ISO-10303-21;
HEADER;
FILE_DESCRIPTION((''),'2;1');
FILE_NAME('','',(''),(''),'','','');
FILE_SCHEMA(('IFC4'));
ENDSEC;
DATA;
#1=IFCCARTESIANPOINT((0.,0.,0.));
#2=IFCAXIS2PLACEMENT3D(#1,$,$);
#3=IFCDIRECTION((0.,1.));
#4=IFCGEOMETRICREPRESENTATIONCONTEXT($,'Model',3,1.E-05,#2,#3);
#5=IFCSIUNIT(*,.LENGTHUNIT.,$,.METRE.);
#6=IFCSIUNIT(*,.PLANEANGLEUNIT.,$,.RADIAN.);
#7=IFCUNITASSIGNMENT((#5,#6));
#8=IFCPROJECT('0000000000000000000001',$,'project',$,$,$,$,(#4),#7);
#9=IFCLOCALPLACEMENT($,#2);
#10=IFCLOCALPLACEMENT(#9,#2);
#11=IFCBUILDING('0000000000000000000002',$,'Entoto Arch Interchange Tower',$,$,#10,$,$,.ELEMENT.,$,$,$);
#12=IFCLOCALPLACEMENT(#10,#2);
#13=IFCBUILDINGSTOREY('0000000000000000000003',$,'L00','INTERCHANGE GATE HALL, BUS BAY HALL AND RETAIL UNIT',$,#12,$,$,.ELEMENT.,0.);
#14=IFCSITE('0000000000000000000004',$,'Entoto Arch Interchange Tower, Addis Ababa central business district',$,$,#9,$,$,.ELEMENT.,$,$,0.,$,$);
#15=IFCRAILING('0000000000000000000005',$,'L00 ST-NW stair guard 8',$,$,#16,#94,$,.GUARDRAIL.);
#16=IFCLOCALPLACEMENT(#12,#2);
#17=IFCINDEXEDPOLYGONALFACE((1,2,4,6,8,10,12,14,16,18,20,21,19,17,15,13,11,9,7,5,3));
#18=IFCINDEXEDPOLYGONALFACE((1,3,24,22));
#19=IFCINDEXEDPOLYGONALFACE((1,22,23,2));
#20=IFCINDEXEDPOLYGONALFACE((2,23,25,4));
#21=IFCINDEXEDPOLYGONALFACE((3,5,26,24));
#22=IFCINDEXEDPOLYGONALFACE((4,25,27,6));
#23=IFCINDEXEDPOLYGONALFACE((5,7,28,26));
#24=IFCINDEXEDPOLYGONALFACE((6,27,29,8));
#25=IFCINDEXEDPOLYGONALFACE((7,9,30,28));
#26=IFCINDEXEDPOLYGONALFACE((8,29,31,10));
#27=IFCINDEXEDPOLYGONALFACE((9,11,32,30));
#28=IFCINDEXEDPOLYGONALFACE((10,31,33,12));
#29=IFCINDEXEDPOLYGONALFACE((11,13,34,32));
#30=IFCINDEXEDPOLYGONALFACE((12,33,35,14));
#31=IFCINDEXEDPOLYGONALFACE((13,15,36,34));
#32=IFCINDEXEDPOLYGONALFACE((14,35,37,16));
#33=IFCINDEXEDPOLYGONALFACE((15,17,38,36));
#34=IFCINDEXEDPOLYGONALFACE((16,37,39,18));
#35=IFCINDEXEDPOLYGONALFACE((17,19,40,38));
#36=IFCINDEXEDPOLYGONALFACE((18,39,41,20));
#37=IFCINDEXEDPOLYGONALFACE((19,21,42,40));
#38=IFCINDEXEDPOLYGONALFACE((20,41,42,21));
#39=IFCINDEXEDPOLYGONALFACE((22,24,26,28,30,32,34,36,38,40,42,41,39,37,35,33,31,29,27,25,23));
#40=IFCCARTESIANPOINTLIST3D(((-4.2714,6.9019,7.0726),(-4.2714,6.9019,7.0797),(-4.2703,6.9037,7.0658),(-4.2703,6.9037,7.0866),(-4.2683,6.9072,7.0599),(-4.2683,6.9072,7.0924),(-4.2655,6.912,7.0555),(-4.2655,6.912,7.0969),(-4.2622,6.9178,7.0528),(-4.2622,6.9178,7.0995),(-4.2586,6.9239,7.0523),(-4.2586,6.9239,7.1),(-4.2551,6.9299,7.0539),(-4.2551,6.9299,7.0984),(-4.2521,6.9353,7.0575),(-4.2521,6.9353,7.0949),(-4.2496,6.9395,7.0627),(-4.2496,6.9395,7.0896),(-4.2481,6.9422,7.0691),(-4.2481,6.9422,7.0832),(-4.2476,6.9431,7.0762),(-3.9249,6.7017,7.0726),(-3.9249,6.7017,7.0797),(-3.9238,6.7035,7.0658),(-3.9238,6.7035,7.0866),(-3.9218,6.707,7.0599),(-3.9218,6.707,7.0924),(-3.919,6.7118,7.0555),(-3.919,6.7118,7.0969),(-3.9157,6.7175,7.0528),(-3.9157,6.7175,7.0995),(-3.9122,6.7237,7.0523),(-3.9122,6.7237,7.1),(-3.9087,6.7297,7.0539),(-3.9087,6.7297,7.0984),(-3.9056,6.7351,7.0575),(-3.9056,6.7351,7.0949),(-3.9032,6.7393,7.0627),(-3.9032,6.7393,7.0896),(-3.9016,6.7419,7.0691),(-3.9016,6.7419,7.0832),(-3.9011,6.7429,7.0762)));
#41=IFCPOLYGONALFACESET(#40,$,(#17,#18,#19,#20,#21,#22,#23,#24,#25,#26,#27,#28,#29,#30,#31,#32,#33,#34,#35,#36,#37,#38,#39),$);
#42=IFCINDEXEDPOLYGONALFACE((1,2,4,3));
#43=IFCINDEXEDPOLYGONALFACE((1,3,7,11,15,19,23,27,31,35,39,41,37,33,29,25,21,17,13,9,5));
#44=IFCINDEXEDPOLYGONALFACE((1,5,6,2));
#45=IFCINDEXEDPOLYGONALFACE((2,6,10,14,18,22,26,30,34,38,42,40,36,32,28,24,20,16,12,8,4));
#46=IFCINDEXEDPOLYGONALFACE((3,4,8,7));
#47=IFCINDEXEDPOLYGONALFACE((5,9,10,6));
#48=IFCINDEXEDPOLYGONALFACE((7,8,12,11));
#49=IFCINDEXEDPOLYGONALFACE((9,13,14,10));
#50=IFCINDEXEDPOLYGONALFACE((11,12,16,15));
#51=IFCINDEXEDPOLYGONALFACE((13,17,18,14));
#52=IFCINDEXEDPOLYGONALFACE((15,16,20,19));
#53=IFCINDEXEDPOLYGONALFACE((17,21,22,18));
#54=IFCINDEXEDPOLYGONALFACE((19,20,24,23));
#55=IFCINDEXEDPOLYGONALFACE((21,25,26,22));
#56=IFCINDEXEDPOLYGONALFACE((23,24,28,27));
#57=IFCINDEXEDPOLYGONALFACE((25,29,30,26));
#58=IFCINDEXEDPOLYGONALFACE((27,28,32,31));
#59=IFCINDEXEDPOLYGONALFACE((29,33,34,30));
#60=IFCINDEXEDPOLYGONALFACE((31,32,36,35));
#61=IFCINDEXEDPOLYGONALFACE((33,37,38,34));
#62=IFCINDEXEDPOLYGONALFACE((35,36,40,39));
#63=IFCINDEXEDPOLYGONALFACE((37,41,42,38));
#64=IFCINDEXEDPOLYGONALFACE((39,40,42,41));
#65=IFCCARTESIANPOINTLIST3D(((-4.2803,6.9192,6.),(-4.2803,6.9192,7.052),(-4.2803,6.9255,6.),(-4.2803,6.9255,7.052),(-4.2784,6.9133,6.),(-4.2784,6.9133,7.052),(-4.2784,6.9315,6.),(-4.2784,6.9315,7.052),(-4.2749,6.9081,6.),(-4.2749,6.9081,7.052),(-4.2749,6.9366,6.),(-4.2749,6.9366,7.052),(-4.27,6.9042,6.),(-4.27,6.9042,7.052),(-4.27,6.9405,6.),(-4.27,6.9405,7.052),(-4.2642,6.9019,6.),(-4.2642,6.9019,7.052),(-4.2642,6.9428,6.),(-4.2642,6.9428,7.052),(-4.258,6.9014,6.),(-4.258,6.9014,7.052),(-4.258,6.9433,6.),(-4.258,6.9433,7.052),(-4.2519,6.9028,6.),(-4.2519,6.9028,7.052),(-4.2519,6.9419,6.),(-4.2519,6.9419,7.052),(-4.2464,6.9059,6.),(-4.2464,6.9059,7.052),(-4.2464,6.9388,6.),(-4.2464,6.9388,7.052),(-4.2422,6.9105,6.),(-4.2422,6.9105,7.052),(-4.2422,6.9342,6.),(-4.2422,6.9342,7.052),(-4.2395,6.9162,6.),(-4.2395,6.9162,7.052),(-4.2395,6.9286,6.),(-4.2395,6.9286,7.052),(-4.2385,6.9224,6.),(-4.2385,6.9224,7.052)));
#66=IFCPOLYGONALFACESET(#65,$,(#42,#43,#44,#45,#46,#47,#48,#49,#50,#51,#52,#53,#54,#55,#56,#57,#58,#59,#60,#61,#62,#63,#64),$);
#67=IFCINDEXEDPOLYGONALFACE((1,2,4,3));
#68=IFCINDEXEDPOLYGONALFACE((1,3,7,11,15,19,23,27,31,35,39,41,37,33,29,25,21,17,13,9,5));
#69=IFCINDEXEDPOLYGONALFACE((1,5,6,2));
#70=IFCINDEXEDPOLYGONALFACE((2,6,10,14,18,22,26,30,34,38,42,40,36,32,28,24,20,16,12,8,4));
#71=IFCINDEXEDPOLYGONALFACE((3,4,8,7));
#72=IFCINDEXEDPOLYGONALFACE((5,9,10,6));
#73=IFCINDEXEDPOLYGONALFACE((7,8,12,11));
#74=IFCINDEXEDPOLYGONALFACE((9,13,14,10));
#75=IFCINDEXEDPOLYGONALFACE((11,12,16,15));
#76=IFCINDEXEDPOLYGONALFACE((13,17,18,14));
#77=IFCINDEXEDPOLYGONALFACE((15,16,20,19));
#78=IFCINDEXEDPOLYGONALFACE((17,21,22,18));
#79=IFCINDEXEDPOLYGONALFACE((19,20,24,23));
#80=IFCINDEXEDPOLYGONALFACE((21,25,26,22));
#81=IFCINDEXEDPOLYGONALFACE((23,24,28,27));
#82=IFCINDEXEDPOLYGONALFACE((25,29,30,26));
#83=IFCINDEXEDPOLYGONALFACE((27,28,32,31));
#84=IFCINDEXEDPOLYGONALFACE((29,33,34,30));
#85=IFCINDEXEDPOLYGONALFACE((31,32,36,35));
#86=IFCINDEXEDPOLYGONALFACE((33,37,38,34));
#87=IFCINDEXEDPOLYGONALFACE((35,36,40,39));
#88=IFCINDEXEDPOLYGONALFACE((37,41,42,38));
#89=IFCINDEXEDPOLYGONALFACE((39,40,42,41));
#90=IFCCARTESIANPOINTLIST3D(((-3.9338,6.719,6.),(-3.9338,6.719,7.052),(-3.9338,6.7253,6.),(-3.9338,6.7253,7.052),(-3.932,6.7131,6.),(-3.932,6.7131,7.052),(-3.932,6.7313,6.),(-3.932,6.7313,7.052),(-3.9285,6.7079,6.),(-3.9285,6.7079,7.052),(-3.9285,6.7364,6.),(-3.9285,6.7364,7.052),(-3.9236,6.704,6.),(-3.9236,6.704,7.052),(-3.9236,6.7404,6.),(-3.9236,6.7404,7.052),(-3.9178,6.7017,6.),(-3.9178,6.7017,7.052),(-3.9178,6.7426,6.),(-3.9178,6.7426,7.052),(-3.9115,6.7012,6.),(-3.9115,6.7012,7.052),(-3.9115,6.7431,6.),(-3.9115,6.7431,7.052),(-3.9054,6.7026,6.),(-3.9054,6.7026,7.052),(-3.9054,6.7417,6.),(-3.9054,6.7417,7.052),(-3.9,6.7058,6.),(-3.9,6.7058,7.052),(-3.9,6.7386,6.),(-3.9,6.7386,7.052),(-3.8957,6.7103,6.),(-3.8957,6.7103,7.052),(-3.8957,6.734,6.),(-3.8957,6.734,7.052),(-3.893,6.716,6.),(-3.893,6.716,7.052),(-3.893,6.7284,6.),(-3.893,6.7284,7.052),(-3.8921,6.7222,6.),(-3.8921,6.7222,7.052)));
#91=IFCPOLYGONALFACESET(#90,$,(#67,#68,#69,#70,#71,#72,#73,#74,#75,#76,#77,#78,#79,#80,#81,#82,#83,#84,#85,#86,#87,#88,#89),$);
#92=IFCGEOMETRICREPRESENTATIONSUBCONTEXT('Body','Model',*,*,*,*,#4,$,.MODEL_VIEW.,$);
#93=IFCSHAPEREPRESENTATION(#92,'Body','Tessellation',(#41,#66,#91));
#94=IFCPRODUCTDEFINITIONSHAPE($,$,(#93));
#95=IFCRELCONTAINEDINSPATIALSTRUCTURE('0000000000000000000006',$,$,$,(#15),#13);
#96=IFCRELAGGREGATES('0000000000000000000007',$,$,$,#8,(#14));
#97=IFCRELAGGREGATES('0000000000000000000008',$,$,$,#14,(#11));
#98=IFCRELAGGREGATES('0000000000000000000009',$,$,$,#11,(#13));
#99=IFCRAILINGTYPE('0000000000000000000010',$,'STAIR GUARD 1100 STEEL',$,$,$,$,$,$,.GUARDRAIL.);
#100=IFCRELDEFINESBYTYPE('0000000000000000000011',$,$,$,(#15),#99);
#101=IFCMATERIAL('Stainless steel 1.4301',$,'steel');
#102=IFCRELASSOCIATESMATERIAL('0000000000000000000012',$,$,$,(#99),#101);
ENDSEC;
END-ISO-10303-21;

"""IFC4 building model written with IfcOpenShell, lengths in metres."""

from ifc_helpers import new_model, si_unit, direction, frame, origin, origin_2d, place, context, subcontext, project, spatial, circle, extrude, material, type_object, element, save


model = new_model("IFC4")

# Units and contexts
model_context = context("Model", 3, precision=1e-05, world=origin(), true_north=direction((0.0, 1.0)))
body_context = subcontext(model_context, "Body", "Model", "MODEL_VIEW")
ifc_project = project(units=[si_unit("LENGTHUNIT", "METRE"), si_unit("PLANEANGLEUNIT", "RADIAN")], contexts=[model_context])

# Site, building, storey
site_placement = place(None, origin())
site = spatial("IfcSite", under=ifc_project, at=site_placement, Name="Entoto Arch Interchange Tower, Addis Ababa central business district", CompositionType="ELEMENT", RefElevation=0.0)
building_placement = place(site_placement, origin())
building = spatial("IfcBuilding", under=site, at=building_placement, Name="Entoto Arch Interchange Tower", CompositionType="ELEMENT")
storey_placement = place(building_placement, origin())
storey = spatial("IfcBuildingStorey", under=building, at=storey_placement, Name="L00", Description="INTERCHANGE GATE HALL, BUS BAY HALL AND RETAIL UNIT", CompositionType="ELEMENT", Elevation=0.0)

# Railing
ifc_material_1 = material(Name="Stainless steel 1.4301", Category="steel")
railing_type_1 = type_object("IfcRailingType", Name="STAIR GUARD 1100 STEEL", PredefinedType="GUARDRAIL", material=ifc_material_1)
railing_1_placement = place(storey_placement, frame((-4.2595, 6.9224, 6.0)))
element("IfcRailing", 1, at=railing_1_placement, inside=storey, type_object=railing_type_1, Name="L00 ST-NW stair guard 8", PredefinedType="GUARDRAIL", context=body_context, shape_type="SweptSolid", body=[
    extrude(circle(Radius=0.0239, at=origin_2d()), frame((0.0, 0.0, 1.0762), z_axis=(0.86583, -0.500339, 0.0), x_axis=(0.500339, 0.86583, 0.0)), (0.0, 0.0, 1.0), 0.4001),
    extrude(circle(Radius=0.021, at=origin_2d()), origin(), (0.0, 0.0, 1.0), 1.052),
    extrude(circle(Radius=0.021, at=origin_2d()), frame((0.3464, -0.2002, 0.0)), (0.0, 0.0, 1.0), 1.052),
])

save(model, "model.ifc")
